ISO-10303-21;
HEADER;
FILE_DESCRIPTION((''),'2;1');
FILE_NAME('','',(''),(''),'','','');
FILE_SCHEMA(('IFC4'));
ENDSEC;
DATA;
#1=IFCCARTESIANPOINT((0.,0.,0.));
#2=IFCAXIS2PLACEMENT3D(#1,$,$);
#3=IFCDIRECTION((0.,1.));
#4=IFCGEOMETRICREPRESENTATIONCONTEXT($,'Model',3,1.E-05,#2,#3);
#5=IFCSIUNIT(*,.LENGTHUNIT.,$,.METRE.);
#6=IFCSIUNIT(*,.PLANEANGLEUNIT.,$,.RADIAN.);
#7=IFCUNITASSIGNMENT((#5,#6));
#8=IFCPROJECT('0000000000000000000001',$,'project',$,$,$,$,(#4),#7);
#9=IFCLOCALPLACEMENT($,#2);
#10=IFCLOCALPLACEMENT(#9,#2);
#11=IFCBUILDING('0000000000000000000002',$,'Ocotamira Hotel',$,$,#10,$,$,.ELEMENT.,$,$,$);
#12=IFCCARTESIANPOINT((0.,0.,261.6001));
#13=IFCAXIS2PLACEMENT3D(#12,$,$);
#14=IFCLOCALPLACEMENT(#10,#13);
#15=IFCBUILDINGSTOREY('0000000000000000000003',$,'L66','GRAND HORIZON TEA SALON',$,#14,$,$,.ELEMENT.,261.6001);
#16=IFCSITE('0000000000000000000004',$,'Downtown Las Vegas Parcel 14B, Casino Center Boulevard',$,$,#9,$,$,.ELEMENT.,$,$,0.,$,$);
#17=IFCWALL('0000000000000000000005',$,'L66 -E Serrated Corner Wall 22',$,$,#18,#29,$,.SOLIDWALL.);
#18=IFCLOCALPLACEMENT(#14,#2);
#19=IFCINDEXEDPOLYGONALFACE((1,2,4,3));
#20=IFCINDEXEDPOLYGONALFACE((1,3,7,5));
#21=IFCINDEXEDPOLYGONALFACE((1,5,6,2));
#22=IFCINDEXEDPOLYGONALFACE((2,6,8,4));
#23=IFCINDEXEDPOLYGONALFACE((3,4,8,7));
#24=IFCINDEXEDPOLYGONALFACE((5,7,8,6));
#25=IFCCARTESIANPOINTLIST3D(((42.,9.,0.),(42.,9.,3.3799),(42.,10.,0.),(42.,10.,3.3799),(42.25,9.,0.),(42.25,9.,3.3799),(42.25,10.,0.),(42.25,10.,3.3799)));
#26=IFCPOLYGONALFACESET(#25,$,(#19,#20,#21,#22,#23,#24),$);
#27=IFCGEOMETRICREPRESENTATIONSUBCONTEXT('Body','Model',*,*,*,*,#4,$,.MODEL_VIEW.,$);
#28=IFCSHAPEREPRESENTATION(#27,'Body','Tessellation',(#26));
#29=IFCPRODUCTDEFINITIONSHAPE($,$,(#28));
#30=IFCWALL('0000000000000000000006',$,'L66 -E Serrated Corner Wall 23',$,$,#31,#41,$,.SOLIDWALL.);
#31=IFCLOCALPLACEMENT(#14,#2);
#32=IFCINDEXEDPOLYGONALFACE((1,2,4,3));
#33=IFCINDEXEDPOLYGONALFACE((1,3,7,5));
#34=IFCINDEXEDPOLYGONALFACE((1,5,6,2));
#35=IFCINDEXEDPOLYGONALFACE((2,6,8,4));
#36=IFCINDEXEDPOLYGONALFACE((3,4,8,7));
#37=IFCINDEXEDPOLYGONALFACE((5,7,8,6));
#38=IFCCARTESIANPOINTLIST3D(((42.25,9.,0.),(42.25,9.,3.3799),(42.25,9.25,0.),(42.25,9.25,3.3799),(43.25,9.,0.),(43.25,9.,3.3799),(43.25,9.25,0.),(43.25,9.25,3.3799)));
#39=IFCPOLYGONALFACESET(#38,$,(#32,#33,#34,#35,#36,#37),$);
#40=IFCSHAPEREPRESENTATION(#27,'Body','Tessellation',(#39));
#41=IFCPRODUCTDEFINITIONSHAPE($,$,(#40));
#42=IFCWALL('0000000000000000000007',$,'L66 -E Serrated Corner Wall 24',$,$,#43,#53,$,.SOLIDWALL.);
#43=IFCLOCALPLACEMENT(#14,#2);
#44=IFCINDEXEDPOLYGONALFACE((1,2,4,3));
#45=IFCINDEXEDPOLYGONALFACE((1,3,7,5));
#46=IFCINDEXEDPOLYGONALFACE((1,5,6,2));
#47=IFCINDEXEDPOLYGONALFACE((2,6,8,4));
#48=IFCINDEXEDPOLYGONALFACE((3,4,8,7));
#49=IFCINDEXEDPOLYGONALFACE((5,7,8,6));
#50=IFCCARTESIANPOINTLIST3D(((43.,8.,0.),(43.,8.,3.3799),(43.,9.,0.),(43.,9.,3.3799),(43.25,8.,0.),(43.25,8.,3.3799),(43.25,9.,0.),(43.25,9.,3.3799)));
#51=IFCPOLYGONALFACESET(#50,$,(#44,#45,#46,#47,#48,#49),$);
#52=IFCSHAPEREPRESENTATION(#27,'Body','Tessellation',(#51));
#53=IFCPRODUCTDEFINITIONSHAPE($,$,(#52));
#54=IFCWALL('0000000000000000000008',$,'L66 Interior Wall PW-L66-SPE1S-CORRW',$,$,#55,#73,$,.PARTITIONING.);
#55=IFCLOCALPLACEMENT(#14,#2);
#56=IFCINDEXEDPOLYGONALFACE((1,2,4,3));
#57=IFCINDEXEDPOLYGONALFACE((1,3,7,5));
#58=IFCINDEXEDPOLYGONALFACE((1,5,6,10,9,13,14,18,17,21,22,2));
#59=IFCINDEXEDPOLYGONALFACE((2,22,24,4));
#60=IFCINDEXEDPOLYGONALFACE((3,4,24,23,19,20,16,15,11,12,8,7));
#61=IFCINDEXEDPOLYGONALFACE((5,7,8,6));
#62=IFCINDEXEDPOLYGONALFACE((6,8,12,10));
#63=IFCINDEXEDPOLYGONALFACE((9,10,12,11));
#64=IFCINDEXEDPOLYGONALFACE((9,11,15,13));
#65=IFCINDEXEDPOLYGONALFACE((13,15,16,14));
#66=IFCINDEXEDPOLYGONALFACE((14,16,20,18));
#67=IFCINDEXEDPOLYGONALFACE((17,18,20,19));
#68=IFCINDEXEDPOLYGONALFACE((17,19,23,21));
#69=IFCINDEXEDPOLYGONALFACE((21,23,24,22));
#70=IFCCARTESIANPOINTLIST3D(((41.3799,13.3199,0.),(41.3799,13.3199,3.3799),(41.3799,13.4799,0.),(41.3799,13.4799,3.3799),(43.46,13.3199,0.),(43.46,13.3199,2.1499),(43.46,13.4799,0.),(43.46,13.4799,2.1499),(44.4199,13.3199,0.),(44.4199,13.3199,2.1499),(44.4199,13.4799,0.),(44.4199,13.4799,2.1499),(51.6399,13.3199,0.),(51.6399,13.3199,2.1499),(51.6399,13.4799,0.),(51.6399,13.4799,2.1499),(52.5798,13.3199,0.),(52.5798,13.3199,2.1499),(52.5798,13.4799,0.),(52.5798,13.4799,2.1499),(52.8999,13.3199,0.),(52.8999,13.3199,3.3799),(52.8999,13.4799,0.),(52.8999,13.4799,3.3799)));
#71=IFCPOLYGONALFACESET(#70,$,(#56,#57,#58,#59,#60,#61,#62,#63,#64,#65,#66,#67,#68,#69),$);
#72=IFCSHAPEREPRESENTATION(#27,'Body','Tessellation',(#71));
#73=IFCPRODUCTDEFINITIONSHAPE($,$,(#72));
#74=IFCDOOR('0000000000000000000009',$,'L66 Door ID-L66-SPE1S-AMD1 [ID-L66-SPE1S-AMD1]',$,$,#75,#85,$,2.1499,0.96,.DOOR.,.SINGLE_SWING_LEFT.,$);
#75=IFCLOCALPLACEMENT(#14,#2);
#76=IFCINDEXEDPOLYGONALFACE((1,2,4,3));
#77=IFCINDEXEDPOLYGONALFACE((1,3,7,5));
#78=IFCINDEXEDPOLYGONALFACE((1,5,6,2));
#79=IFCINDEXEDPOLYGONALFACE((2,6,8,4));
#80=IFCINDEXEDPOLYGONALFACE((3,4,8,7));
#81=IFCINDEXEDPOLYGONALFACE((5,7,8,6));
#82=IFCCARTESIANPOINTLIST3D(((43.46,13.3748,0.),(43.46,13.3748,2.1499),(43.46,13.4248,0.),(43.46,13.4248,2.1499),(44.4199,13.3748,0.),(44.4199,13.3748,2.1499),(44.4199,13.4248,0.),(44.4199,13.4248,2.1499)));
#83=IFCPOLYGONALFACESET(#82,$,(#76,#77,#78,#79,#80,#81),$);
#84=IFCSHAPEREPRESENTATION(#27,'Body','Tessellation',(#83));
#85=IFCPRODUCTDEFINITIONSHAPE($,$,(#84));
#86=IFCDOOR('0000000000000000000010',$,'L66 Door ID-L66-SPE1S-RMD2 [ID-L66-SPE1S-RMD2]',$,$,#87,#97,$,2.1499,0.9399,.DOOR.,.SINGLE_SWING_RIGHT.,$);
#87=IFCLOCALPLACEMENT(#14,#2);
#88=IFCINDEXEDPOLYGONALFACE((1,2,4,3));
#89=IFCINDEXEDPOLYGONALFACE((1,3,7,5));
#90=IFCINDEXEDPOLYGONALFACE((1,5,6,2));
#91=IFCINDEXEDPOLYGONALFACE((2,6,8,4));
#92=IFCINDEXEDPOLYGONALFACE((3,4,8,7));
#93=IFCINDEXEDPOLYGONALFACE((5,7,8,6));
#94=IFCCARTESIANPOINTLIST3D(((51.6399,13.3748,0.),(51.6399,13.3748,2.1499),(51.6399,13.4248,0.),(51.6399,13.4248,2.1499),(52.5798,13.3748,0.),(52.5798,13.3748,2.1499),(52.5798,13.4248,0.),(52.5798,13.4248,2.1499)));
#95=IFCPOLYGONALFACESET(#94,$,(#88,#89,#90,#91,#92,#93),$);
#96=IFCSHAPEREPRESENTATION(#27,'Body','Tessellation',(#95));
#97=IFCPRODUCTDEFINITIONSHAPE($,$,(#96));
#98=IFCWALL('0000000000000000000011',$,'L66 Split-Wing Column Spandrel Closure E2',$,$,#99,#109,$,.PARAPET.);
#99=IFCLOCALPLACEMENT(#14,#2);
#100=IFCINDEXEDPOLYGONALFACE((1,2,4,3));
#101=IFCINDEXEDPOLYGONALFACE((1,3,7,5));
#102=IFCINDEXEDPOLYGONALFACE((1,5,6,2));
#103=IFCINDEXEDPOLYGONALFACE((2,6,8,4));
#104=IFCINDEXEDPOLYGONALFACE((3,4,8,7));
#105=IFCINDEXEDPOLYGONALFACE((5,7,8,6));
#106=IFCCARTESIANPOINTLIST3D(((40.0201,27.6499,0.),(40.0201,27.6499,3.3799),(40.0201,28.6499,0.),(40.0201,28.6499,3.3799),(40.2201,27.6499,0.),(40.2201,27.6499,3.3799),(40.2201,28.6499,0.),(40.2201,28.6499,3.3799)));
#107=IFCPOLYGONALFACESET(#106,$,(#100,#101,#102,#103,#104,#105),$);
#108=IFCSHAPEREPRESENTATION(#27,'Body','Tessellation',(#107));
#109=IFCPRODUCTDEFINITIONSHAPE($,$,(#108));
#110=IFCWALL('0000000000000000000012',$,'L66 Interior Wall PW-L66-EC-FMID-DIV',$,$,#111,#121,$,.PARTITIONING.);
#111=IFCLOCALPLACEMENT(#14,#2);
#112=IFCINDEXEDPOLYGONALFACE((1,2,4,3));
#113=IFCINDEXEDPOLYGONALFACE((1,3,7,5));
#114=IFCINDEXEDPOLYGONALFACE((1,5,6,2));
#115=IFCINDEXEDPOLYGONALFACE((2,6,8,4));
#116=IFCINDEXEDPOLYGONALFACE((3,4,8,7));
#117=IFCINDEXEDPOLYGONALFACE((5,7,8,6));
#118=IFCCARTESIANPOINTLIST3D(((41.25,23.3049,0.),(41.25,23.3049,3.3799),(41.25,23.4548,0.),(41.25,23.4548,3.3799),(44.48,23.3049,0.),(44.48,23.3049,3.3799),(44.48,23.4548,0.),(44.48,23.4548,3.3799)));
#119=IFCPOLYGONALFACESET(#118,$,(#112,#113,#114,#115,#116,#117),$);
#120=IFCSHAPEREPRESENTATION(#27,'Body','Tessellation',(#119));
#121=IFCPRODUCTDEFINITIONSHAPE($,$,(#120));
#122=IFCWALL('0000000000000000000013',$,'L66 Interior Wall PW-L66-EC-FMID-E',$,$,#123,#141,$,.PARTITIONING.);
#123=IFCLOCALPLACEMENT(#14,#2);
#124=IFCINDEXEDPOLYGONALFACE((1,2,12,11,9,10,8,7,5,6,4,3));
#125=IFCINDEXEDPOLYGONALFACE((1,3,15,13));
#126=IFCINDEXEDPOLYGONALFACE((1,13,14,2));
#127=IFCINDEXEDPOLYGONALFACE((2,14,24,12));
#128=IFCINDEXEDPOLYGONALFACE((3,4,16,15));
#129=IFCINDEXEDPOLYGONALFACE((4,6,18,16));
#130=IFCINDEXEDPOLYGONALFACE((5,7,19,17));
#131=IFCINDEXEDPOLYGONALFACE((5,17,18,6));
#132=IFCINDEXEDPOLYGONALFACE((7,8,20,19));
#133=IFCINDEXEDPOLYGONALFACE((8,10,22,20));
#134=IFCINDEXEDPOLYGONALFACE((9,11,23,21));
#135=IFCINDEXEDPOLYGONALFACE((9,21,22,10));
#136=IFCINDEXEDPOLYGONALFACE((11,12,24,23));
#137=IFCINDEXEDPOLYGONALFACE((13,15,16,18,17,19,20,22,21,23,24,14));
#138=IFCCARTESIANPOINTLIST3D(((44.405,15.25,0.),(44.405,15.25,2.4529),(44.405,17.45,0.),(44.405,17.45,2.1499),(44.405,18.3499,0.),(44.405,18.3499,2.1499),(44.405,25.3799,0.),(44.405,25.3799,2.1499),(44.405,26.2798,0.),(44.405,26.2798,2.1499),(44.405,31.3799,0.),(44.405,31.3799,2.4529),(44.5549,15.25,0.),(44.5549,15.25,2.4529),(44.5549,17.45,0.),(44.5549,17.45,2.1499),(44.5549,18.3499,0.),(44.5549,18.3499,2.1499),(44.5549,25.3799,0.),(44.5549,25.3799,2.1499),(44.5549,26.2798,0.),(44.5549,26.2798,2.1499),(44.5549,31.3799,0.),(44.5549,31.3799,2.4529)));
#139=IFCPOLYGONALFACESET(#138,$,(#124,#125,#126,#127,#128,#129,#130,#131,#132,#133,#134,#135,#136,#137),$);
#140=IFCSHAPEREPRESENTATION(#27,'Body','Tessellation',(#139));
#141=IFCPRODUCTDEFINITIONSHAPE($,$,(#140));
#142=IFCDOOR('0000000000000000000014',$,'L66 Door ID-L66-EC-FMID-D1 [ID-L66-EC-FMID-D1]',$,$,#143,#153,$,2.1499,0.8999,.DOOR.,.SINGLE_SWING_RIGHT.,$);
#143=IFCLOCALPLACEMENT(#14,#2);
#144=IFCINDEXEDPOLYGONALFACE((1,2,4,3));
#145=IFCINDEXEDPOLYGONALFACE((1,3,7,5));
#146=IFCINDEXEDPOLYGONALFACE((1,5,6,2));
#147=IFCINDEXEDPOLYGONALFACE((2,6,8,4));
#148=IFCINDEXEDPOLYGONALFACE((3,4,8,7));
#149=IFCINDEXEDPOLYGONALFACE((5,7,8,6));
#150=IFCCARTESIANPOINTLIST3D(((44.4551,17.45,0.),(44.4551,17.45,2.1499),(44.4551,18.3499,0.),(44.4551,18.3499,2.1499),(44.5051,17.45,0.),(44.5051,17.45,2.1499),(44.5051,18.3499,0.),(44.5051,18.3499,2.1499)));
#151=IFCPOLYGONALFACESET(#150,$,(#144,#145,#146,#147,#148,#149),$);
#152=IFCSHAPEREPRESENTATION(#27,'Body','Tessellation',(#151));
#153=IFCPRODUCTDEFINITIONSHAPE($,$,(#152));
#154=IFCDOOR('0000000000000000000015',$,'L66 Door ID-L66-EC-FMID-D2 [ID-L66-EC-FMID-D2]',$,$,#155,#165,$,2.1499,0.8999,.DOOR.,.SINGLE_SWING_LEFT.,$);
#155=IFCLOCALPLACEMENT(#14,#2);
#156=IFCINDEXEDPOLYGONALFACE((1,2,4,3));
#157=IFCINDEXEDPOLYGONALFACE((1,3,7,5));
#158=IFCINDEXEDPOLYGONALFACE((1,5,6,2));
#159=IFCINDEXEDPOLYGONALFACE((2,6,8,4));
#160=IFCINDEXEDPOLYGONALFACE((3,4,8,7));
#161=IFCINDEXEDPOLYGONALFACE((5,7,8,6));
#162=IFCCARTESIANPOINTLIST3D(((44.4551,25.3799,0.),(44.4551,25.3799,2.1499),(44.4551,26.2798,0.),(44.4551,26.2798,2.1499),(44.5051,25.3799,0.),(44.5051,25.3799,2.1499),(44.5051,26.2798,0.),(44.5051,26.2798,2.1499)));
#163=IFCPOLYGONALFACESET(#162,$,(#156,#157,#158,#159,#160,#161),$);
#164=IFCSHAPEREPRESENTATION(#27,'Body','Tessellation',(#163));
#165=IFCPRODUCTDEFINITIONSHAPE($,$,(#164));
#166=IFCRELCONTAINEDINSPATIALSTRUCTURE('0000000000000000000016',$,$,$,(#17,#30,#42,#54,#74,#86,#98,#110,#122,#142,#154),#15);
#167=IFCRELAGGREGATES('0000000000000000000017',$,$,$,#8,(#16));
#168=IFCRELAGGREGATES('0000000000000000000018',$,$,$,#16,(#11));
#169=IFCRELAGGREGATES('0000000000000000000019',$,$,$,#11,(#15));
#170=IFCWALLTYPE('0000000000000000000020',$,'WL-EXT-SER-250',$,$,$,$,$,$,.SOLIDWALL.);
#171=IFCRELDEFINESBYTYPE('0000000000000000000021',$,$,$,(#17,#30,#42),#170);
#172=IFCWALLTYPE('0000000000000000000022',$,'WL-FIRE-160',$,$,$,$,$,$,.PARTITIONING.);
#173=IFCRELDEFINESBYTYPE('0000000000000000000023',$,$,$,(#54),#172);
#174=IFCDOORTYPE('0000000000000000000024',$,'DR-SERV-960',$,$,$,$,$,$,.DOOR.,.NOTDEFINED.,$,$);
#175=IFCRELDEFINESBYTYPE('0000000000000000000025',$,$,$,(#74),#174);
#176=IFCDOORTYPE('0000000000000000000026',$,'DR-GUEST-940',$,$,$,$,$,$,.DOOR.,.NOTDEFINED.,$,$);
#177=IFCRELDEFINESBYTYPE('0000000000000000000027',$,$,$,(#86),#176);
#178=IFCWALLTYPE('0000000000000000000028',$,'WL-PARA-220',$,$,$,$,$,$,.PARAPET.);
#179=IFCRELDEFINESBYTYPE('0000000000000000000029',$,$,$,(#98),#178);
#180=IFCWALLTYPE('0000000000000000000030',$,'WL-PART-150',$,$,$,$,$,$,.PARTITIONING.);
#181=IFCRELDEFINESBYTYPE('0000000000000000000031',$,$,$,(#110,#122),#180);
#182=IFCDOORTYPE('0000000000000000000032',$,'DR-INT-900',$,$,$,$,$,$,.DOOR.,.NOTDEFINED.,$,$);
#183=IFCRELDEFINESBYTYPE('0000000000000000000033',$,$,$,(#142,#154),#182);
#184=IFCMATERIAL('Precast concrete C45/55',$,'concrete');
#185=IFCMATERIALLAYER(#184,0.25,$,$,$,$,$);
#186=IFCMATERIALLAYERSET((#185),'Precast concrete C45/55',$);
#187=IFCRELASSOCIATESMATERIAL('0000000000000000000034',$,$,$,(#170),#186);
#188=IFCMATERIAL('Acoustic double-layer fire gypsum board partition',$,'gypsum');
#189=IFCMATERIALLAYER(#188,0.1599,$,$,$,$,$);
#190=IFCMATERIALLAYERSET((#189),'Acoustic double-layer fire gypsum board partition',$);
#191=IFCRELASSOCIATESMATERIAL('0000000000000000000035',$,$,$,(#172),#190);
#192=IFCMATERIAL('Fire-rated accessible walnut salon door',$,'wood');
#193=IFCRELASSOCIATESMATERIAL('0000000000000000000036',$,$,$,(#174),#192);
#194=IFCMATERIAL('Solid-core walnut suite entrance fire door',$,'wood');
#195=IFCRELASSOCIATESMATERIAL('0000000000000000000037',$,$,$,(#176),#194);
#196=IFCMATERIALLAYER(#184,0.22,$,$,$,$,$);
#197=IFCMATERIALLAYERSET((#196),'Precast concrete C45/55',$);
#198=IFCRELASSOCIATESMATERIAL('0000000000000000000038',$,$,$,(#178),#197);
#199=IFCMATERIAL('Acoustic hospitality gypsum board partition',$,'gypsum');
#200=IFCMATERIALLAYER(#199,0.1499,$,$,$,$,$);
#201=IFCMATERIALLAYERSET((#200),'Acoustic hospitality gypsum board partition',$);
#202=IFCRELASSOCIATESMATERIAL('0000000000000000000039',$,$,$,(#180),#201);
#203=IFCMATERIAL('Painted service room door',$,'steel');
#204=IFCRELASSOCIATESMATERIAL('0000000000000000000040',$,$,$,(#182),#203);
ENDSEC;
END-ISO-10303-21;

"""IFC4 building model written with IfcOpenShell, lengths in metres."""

from ifc_helpers import new_model, si_unit, direction, frame, frame_2d, origin, place, context, subcontext, project, spatial, rectangle, extrude, source, transform, mapped, material, layer, layer_set, type_object, element, fill, save


model = new_model("IFC4")

# Units and contexts
model_context = context("Model", 3, precision=1e-05, world=origin(), true_north=direction((0.0, 1.0)))
body_context = subcontext(model_context, "Body", "Model", "MODEL_VIEW")
ifc_project = project(units=[si_unit("LENGTHUNIT", "METRE"), si_unit("PLANEANGLEUNIT", "RADIAN")], contexts=[model_context])

# Site, building, storey
site_placement = place(None, origin())
site = spatial("IfcSite", under=ifc_project, at=site_placement, Name="Downtown Las Vegas Parcel 14B, Casino Center Boulevard", CompositionType="ELEMENT", RefElevation=0.0)
building_placement = place(site_placement, origin())
building = spatial("IfcBuilding", under=site, at=building_placement, Name="Ocotamira Hotel", CompositionType="ELEMENT")
storey_placement = place(building_placement, frame((0.0, 0.0, 261.6001)))
storey = spatial("IfcBuildingStorey", under=building, at=storey_placement, Name="L66", Description="GRAND HORIZON TEA SALON", CompositionType="ELEMENT", Elevation=261.6001)

# Walls
ifc_material_1 = material(Name="Precast concrete C45/55", Category="concrete")
ifc_layer_1 = layer(ifc_material_1, 0.25)
ifc_layer_set_1 = layer_set([ifc_layer_1], Name="Precast concrete C45/55")
wall_type_1 = type_object("IfcWallType", Name="WL-EXT-SER-250", PredefinedType="SOLIDWALL", material=ifc_layer_set_1)
for number, where, z_axis, x_axis, name in (
    (1, (42.125, 10.0, 0.0), (0.0, 0.0, 1.0), (0.0, -1.0, 0.0), "L66 -E Serrated Corner Wall 22"),
    (2, (42.25, 9.125, 0.0), (0.0, 0.0, 1.0), (1.0, 0.0, 0.0), "L66 -E Serrated Corner Wall 23"),
    (3, (43.125, 9.0, 0.0), (0.0, 0.0, 1.0), (0.0, -1.0, 0.0), "L66 -E Serrated Corner Wall 24"),
):
    element("IfcWall", number, at=place(storey_placement, frame(where, z_axis=z_axis, x_axis=x_axis)), inside=storey, type_object=wall_type_1, Name=name, PredefinedType="SOLIDWALL", context=body_context, shape_type="SweptSolid", body=[
        extrude(rectangle(XDim=1.0, YDim=0.25, at=frame_2d((0.5, 0.0))), origin(), (0.0, 0.0, 1.0), 3.3799),
    ])

# Wall, openings, doors
ifc_material_2 = material(Name="Acoustic double-layer fire gypsum board partition", Category="gypsum")
ifc_layer_2 = layer(ifc_material_2, 0.1599)
ifc_layer_set_2 = layer_set([ifc_layer_2], Name="Acoustic double-layer fire gypsum board partition")
wall_type_2 = type_object("IfcWallType", Name="WL-FIRE-160", PredefinedType="PARTITIONING", material=ifc_layer_set_2)
wall_1_placement = place(storey_placement, frame((41.3799, 13.3999, 0.0), z_axis=(0.0, 0.0, 1.0), x_axis=(1.0, 0.0, 0.0)))
wall_1 = element("IfcWall", 4, at=wall_1_placement, inside=storey, type_object=wall_type_2, Name="L66 Interior Wall PW-L66-SPE1S-CORRW", PredefinedType="PARTITIONING", context=body_context, shape_type="SweptSolid", body=[
    extrude(rectangle(XDim=11.52, YDim=0.1599, at=frame_2d((5.76, 0.0))), origin(), (0.0, 0.0, 1.0), 3.3799),
])
opening_1_placement = place(wall_1_placement, frame((2.0801, 0.0, 0.0)))
opening_1 = element("IfcOpeningElement", 5, at=opening_1_placement, cuts=wall_1, PredefinedType="OPENING", context=body_context, shape_type="SweptSolid", body=[
    extrude(rectangle(XDim=0.96, YDim=2.1499, at=frame_2d((0.48, 1.075))), frame((0.0, 0.0898, 0.0), z_axis=(0.0, -1.0, 0.0), x_axis=(1.0, 0.0, 0.0)), (0.0, 0.0, 1.0), 0.1799),
])
opening_2_placement = place(wall_1_placement, frame((10.26, 0.0, 0.0)))
opening_2 = element("IfcOpeningElement", 6, at=opening_2_placement, cuts=wall_1, PredefinedType="OPENING", context=body_context, shape_type="SweptSolid", body=[
    extrude(rectangle(XDim=0.9399, YDim=2.1499, at=frame_2d((0.47, 1.075))), frame((0.0, 0.0898, 0.0), z_axis=(0.0, -1.0, 0.0), x_axis=(1.0, 0.0, 0.0)), (0.0, 0.0, 1.0), 0.1799),
])
ifc_material_3 = material(Name="Fire-rated accessible walnut salon door", Category="wood")
door_type_1 = type_object("IfcDoorType", Name="DR-SERV-960", OperationType="NOTDEFINED", PredefinedType="DOOR", material=ifc_material_3)
shared_shape_1 = source(origin(), body_context, "Body", "SweptSolid", [
    extrude(rectangle(XDim=0.96, YDim=2.1499, at=frame_2d((0.48, 1.075))), frame((0.0, 0.0249, 0.0), z_axis=(0.0, -1.0, 0.0), x_axis=(1.0, 0.0, 0.0)), (0.0, 0.0, 1.0), 0.05),
])
door_1_placement = place(opening_1_placement, origin())
door_1 = element("IfcDoor", 7, at=door_1_placement, inside=storey, type_object=door_type_1, Name="L66 Door ID-L66-SPE1S-AMD1 [ID-L66-SPE1S-AMD1]", OperationType="SINGLE_SWING_LEFT", OverallHeight=2.1499, OverallWidth=0.96, PredefinedType="DOOR", context=body_context, shape_type="MappedRepresentation", body=[
    mapped(shared_shape_1, transform((0.0, 0.0, 0.0), scale=1.0)),
])
fill(opening_1, door_1)
ifc_material_4 = material(Name="Solid-core walnut suite entrance fire door", Category="wood")
door_type_2 = type_object("IfcDoorType", Name="DR-GUEST-940", OperationType="NOTDEFINED", PredefinedType="DOOR", material=ifc_material_4)
shared_shape_2 = source(origin(), body_context, "Body", "SweptSolid", [
    extrude(rectangle(XDim=0.9399, YDim=2.1499, at=frame_2d((0.47, 1.075))), frame((0.0, 0.0249, 0.0), z_axis=(0.0, -1.0, 0.0), x_axis=(1.0, 0.0, 0.0)), (0.0, 0.0, 1.0), 0.05),
])
door_2_placement = place(opening_2_placement, origin())
door_2 = element("IfcDoor", 8, at=door_2_placement, inside=storey, type_object=door_type_2, Name="L66 Door ID-L66-SPE1S-RMD2 [ID-L66-SPE1S-RMD2]", OperationType="SINGLE_SWING_RIGHT", OverallHeight=2.1499, OverallWidth=0.9399, PredefinedType="DOOR", context=body_context, shape_type="MappedRepresentation", body=[
    mapped(shared_shape_2, transform((0.0, 0.0, 0.0), scale=1.0)),
])
fill(opening_2, door_2)

# Walls
ifc_layer_3 = layer(ifc_material_1, 0.22)
ifc_layer_set_3 = layer_set([ifc_layer_3], Name="Precast concrete C45/55")
wall_type_3 = type_object("IfcWallType", Name="WL-PARA-220", PredefinedType="PARAPET", material=ifc_layer_set_3)
wall_2_placement = place(storey_placement, frame((40.1201, 27.6499, 0.0), z_axis=(0.0, 0.0, 1.0), x_axis=(0.0, 1.0, 0.0)))
element("IfcWall", 9, at=wall_2_placement, inside=storey, type_object=wall_type_3, Name="L66 Split-Wing Column Spandrel Closure E2", PredefinedType="PARAPET", context=body_context, shape_type="SweptSolid", body=[
    extrude(rectangle(XDim=1.0, YDim=0.2, at=frame_2d((0.5, 0.0))), origin(), (0.0, 0.0, 1.0), 3.3799),
])
ifc_material_5 = material(Name="Acoustic hospitality gypsum board partition", Category="gypsum")
ifc_layer_4 = layer(ifc_material_5, 0.1499)
ifc_layer_set_4 = layer_set([ifc_layer_4], Name="Acoustic hospitality gypsum board partition")
wall_type_4 = type_object("IfcWallType", Name="WL-PART-150", PredefinedType="PARTITIONING", material=ifc_layer_set_4)
wall_3_placement = place(storey_placement, frame((41.25, 23.3799, 0.0), z_axis=(0.0, 0.0, 1.0), x_axis=(1.0, 0.0, 0.0)))
element("IfcWall", 10, at=wall_3_placement, inside=storey, type_object=wall_type_4, Name="L66 Interior Wall PW-L66-EC-FMID-DIV", PredefinedType="PARTITIONING", context=body_context, shape_type="SweptSolid", body=[
    extrude(rectangle(XDim=3.23, YDim=0.1499, at=frame_2d((1.615, 0.0))), origin(), (0.0, 0.0, 1.0), 3.3799),
])

# Wall, openings, doors
wall_4_placement = place(storey_placement, frame((44.48, 15.25, 0.0), z_axis=(0.0, 0.0, 1.0), x_axis=(0.0, 1.0, 0.0)))
wall_4 = element("IfcWall", 11, at=wall_4_placement, inside=storey, type_object=wall_type_4, Name="L66 Interior Wall PW-L66-EC-FMID-E", PredefinedType="PARTITIONING", context=body_context, shape_type="SweptSolid", body=[
    extrude(rectangle(XDim=16.1299, YDim=0.1499, at=frame_2d((8.0649, 0.0))), origin(), (0.0, 0.0, 1.0), 2.4529),
])
opening_3_placement = place(wall_4_placement, frame((2.2, 0.0, 0.0)))
opening_3 = element("IfcOpeningElement", 12, at=opening_3_placement, cuts=wall_4, PredefinedType="OPENING", context=body_context, shape_type="SweptSolid", body=[
    extrude(rectangle(XDim=0.8999, YDim=2.1499, at=frame_2d((0.45, 1.075))), frame((0.0, 0.085, 0.0), z_axis=(0.0, -1.0, 0.0), x_axis=(1.0, 0.0, 0.0)), (0.0, 0.0, 1.0), 0.1699),
])
opening_4_placement = place(wall_4_placement, frame((10.1299, 0.0, 0.0)))
opening_4 = element("IfcOpeningElement", 13, at=opening_4_placement, cuts=wall_4, PredefinedType="OPENING", context=body_context, shape_type="SweptSolid", body=[
    extrude(rectangle(XDim=0.8999, YDim=2.1499, at=frame_2d((0.45, 1.075))), frame((0.0, 0.085, 0.0), z_axis=(0.0, -1.0, 0.0), x_axis=(1.0, 0.0, 0.0)), (0.0, 0.0, 1.0), 0.1699),
])
ifc_material_6 = material(Name="Painted service room door", Category="steel")
door_type_3 = type_object("IfcDoorType", Name="DR-INT-900", OperationType="NOTDEFINED", PredefinedType="DOOR", material=ifc_material_6)
shared_shape_3 = source(origin(), body_context, "Body", "SweptSolid", [
    extrude(rectangle(XDim=0.8999, YDim=2.1499, at=frame_2d((0.45, 1.075))), frame((0.0, 0.0249, 0.0), z_axis=(0.0, -1.0, 0.0), x_axis=(1.0, 0.0, 0.0)), (0.0, 0.0, 1.0), 0.05),
])
door_3_placement = place(opening_3_placement, origin())
door_3 = element("IfcDoor", 14, at=door_3_placement, inside=storey, type_object=door_type_3, Name="L66 Door ID-L66-EC-FMID-D1 [ID-L66-EC-FMID-D1]", OperationType="SINGLE_SWING_RIGHT", OverallHeight=2.1499, OverallWidth=0.8999, PredefinedType="DOOR", context=body_context, shape_type="MappedRepresentation", body=[
    mapped(shared_shape_3, transform((0.0, 0.0, 0.0), scale=1.0)),
])
fill(opening_3, door_3)
door_4_placement = place(opening_4_placement, origin())
door_4 = element("IfcDoor", 15, at=door_4_placement, inside=storey, type_object=door_type_3, Name="L66 Door ID-L66-EC-FMID-D2 [ID-L66-EC-FMID-D2]", OperationType="SINGLE_SWING_LEFT", OverallHeight=2.1499, OverallWidth=0.8999, PredefinedType="DOOR", context=body_context, shape_type="MappedRepresentation", body=[
    mapped(shared_shape_3, transform((0.0, 0.0, 0.0), scale=1.0)),
])
fill(opening_4, door_4)

save(model, "model.ifc")
